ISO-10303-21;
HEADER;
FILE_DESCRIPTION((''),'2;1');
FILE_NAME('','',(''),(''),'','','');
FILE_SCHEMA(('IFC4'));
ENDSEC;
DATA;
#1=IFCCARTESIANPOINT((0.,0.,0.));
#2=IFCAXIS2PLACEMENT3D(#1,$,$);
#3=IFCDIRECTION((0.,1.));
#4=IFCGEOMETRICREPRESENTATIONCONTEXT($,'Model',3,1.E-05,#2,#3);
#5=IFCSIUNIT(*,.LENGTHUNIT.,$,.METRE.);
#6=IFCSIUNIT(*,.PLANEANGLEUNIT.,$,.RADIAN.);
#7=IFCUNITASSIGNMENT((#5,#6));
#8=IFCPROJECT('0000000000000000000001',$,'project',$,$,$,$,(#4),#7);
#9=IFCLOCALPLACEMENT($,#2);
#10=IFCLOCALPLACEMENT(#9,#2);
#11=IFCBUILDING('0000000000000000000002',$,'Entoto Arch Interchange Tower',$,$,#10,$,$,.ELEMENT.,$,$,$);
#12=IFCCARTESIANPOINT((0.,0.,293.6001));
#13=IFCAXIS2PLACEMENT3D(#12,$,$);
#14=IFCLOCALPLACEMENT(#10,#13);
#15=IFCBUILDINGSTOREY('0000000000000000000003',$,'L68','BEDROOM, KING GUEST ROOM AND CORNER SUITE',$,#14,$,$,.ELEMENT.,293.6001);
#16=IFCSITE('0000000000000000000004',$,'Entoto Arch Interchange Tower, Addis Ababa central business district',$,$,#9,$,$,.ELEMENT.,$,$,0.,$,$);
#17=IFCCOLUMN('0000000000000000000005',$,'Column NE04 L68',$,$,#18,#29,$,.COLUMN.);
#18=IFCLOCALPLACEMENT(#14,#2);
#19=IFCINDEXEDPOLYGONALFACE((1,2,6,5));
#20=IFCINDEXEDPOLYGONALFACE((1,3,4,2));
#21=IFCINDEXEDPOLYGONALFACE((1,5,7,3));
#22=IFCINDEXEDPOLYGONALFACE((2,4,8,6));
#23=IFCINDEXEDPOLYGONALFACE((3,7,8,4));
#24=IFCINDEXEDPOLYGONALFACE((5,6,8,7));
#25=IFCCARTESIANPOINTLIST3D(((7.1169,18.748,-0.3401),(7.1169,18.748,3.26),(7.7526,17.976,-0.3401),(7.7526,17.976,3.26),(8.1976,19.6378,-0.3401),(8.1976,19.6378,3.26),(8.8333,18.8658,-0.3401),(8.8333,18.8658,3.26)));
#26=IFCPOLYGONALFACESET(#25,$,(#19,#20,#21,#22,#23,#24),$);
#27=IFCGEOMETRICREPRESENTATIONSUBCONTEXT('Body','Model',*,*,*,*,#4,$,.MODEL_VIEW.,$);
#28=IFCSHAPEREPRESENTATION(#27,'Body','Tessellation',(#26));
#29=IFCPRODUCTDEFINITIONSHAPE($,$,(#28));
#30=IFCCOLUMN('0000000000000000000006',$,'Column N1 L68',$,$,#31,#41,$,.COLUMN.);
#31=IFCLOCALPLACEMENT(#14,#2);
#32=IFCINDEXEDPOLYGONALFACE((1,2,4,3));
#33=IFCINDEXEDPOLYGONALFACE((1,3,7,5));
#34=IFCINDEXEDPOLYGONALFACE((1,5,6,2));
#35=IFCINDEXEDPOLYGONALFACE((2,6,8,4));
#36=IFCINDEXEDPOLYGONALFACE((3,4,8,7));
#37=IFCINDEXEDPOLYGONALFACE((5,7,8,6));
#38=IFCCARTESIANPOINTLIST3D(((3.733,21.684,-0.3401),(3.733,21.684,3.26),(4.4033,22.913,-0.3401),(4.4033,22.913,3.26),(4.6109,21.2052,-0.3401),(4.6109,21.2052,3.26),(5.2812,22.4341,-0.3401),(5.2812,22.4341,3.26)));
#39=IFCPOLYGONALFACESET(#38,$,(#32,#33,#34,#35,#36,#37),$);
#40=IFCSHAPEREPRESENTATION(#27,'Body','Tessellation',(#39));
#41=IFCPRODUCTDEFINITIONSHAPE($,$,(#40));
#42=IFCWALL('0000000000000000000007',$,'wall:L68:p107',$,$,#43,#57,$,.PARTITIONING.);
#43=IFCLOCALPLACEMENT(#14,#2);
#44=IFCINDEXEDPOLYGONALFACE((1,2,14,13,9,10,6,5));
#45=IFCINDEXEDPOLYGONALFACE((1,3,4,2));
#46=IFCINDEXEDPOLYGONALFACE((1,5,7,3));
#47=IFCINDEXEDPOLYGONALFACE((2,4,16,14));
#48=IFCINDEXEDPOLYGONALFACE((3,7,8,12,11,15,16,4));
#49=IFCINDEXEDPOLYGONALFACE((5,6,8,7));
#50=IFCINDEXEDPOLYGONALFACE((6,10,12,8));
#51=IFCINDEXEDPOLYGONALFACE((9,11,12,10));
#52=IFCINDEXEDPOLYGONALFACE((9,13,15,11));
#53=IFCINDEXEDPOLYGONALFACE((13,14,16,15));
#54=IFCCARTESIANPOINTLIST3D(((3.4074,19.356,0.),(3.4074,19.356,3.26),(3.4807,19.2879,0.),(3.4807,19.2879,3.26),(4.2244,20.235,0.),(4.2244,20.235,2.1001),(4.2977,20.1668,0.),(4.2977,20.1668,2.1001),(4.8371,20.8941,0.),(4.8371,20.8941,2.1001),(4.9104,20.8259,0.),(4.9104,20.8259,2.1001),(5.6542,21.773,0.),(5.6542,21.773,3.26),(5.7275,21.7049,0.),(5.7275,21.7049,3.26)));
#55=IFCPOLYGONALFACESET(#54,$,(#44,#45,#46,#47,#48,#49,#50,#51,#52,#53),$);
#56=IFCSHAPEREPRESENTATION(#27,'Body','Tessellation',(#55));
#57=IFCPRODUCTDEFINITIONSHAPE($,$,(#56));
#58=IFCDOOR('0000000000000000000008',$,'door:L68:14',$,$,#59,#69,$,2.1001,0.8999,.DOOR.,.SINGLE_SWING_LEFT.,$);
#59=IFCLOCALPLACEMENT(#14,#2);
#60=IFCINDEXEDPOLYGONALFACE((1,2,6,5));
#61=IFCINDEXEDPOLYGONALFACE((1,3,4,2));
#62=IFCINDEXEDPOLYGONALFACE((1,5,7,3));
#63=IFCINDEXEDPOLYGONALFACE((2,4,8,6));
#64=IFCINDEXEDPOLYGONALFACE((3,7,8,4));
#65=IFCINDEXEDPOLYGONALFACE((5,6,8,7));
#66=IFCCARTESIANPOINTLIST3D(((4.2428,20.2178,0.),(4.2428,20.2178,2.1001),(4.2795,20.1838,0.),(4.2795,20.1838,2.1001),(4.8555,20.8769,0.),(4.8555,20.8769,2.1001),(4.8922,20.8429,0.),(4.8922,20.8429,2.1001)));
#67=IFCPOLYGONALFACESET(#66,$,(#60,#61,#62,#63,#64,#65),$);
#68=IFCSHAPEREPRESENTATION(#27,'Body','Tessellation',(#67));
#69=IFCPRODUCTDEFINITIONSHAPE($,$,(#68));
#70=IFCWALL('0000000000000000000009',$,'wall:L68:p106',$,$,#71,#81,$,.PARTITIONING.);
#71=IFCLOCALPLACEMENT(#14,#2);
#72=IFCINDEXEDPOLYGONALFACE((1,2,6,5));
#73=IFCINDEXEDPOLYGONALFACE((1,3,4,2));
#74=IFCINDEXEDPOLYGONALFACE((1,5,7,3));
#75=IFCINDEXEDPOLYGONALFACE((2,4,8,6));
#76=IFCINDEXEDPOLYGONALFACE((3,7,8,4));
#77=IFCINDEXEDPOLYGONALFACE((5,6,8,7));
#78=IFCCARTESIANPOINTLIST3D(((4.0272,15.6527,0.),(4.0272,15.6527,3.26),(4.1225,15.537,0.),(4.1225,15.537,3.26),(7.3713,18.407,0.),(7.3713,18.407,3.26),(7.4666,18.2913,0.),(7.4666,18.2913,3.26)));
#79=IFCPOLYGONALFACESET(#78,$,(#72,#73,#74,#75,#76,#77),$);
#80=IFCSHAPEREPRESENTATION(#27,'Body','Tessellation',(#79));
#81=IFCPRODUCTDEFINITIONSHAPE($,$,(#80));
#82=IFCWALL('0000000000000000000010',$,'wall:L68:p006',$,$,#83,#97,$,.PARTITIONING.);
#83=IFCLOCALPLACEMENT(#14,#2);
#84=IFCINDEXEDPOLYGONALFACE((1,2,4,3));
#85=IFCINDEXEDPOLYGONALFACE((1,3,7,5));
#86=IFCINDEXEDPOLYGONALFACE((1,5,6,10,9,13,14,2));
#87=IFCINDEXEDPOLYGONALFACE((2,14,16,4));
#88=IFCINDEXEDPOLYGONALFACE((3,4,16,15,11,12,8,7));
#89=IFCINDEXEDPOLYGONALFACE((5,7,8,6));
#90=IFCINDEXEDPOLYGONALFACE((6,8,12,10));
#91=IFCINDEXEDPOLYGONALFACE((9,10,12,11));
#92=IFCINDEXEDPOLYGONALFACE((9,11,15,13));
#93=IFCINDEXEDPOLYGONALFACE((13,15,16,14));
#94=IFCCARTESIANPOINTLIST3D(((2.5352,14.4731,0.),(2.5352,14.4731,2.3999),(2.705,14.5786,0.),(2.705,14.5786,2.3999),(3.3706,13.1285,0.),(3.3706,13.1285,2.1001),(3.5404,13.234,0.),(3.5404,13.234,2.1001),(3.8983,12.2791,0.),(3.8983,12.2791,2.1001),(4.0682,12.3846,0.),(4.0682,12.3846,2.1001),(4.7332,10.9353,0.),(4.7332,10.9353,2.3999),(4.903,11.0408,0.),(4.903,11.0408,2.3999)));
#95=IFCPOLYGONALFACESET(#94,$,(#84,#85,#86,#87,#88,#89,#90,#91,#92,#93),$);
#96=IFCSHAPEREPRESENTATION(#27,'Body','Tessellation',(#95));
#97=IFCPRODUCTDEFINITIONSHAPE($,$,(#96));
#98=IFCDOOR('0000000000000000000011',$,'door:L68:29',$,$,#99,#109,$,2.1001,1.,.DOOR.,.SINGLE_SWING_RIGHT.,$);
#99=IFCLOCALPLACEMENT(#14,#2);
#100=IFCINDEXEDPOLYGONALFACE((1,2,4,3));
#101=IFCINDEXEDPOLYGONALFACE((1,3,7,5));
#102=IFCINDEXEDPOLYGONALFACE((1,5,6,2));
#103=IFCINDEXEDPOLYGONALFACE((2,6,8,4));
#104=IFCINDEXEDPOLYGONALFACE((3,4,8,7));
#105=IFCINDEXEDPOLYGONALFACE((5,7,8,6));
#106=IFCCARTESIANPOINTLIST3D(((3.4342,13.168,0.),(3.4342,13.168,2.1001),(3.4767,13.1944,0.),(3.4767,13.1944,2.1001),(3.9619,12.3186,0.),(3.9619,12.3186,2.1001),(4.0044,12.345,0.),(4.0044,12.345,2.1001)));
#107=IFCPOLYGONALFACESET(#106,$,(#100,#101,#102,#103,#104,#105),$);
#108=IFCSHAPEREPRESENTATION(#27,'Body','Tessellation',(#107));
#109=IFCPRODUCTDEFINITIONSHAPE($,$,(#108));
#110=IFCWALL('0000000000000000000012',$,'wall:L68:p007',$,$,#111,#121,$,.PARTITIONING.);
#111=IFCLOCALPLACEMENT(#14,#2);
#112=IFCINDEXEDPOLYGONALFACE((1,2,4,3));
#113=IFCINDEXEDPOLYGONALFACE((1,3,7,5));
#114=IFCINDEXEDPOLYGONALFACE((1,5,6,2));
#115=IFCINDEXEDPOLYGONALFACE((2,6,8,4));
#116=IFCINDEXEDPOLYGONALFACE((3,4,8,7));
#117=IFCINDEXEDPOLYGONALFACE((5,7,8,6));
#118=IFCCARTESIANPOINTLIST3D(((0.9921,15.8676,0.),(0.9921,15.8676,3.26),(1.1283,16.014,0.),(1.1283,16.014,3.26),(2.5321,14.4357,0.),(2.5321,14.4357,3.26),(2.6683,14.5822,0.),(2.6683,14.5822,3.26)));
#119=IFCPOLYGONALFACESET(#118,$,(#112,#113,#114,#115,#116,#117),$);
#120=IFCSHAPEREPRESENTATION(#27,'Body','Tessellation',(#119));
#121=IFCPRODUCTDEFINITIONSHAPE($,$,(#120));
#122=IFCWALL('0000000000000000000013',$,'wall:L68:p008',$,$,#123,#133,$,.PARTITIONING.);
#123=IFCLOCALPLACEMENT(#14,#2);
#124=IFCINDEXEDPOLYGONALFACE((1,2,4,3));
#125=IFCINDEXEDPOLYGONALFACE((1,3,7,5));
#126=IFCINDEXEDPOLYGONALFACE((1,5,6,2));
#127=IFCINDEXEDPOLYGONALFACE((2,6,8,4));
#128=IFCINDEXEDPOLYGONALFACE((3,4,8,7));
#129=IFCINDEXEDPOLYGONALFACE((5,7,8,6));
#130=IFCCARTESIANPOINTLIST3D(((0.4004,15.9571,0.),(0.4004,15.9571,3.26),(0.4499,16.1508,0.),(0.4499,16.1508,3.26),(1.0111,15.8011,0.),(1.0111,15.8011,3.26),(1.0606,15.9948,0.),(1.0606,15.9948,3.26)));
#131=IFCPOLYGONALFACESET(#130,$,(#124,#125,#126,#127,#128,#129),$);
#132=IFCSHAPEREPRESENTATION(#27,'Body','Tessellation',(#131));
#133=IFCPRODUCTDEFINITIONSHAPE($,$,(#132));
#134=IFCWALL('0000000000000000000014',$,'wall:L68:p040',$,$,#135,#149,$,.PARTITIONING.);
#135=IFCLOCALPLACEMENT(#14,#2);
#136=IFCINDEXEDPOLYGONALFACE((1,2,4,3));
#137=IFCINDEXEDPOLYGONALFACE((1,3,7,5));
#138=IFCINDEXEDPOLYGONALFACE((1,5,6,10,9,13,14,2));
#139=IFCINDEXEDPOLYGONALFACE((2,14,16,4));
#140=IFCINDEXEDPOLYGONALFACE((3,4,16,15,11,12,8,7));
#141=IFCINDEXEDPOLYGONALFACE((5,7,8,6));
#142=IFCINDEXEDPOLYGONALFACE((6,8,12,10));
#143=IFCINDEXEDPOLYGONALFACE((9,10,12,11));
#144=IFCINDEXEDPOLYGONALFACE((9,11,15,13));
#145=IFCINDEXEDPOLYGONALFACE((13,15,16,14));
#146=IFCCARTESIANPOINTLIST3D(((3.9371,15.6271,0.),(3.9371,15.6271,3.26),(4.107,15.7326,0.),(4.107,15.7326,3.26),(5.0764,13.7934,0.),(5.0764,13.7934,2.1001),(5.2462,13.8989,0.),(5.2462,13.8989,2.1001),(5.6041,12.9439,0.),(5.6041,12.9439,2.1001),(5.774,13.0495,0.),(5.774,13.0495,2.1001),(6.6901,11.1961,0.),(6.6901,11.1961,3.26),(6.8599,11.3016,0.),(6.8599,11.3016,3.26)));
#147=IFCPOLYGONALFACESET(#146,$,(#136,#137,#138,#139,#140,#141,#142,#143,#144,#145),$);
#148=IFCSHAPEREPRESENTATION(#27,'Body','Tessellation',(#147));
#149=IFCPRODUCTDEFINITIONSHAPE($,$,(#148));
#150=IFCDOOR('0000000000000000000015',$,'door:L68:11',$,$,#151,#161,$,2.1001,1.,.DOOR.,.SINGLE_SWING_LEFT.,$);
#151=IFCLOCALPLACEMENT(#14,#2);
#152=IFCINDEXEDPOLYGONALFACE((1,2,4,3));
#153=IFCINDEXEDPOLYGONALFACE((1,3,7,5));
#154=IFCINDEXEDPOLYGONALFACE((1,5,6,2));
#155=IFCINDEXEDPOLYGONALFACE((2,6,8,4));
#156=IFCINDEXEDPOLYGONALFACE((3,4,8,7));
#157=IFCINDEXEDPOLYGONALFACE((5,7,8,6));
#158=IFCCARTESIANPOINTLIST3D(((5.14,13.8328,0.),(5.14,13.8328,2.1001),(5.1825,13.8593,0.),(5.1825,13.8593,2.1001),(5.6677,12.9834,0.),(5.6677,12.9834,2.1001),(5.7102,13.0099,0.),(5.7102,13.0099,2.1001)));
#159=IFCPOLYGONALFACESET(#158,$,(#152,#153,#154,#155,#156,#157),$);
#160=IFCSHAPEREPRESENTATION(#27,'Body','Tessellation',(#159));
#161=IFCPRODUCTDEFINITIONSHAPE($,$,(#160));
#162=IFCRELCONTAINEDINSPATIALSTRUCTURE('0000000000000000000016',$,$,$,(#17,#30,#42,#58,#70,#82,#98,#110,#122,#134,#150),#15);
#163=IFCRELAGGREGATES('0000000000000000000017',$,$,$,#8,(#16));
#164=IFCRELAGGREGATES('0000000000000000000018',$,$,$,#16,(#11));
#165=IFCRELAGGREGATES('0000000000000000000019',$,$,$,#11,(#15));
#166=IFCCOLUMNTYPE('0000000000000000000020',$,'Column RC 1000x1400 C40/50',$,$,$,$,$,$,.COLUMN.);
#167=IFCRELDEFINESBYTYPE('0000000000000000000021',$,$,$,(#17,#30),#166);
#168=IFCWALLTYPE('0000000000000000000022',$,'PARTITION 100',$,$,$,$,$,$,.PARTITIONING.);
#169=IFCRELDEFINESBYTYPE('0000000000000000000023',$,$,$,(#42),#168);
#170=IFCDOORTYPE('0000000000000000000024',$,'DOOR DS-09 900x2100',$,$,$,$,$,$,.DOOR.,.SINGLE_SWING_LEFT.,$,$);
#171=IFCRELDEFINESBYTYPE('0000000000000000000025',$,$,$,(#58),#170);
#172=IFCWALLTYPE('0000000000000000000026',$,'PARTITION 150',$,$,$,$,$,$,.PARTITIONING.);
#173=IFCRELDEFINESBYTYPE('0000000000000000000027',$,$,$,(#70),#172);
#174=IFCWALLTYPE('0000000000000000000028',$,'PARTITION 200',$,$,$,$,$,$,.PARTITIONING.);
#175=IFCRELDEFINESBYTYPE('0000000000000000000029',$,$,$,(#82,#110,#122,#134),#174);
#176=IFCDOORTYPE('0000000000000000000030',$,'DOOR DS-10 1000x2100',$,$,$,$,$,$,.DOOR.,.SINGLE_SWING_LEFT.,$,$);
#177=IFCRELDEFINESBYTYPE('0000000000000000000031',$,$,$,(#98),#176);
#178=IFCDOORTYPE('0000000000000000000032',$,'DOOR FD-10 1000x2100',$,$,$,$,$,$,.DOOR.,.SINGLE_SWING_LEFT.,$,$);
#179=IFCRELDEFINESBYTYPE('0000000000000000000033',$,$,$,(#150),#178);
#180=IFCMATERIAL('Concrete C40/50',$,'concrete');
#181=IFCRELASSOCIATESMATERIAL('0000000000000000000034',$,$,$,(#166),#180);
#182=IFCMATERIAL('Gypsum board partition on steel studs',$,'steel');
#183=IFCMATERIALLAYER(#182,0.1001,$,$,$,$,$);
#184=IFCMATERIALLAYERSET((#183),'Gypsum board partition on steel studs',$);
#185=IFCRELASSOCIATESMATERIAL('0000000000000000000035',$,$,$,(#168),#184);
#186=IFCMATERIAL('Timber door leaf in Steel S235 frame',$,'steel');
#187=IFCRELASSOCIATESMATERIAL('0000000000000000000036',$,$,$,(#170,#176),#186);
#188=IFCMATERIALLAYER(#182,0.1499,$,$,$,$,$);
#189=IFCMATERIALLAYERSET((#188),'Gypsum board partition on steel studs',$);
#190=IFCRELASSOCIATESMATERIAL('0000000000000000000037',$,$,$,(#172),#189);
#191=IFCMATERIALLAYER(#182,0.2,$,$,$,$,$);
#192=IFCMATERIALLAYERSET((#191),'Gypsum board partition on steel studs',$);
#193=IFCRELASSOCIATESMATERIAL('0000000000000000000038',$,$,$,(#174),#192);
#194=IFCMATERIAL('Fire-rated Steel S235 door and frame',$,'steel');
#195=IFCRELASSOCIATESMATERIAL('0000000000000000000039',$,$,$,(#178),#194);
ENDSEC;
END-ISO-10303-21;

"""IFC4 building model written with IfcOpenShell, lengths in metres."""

from ifc_helpers import new_model, si_unit, direction, frame, frame_2d, origin, origin_2d, place, context, subcontext, project, spatial, rectangle, extrude, material, layer, layer_set, material_profile, profile_set, type_object, element, fill, save


model = new_model("IFC4")

# Units and contexts
model_context = context("Model", 3, precision=1e-05, world=origin(), true_north=direction((0.0, 1.0)))
body_context = subcontext(model_context, "Body", "Model", "MODEL_VIEW")
ifc_project = project(units=[si_unit("LENGTHUNIT", "METRE"), si_unit("PLANEANGLEUNIT", "RADIAN")], contexts=[model_context])

# Site, building, storey
site_placement = place(None, origin())
site = spatial("IfcSite", under=ifc_project, at=site_placement, Name="Entoto Arch Interchange Tower, Addis Ababa central business district", CompositionType="ELEMENT", RefElevation=0.0)
building_placement = place(site_placement, origin())
building = spatial("IfcBuilding", under=site, at=building_placement, Name="Entoto Arch Interchange Tower", CompositionType="ELEMENT")
storey_placement = place(building_placement, frame((0.0, 0.0, 293.6001)))
storey = spatial("IfcBuildingStorey", under=building, at=storey_placement, Name="L68", Description="BEDROOM, KING GUEST ROOM AND CORNER SUITE", CompositionType="ELEMENT", Elevation=293.6001)

# Columns
ifc_material_1 = material(Name="Concrete C40/50", Category="concrete")
ifc_material_profile = material_profile(ifc_material_1, rectangle(XDim=1.0, YDim=1.3999, at=origin_2d()))
ifc_profile_set = profile_set([ifc_material_profile], Name="Concrete C40/50")
column_type = type_object("IfcColumnType", Name="Column RC 1000x1400 C40/50", PredefinedType="COLUMN", material=ifc_profile_set)
for number, where, z_axis, x_axis, name in (
    (1, (7.9751, 18.8069, -0.3401), (0.0, 0.0, 1.0), (-0.635647, 0.77198, 0.0), "Column NE04 L68"),
    (2, (4.5071, 22.0591, -0.3401), (0.0, 0.0, 1.0), (-0.877899, 0.478845, 0.0), "Column N1 L68"),
):
    element("IfcColumn", number, at=place(storey_placement, frame(where, z_axis=z_axis, x_axis=x_axis)), inside=storey, type_object=column_type, Name=name, PredefinedType="COLUMN", context=body_context, shape_type="SweptSolid", body=[
        extrude(rectangle(XDim=1.0, YDim=1.3999, at=origin_2d()), origin(), (0.0, 0.0, 1.0), 3.6001),
    ])

# Wall, opening, door
ifc_material_2 = material(Name="Gypsum board partition on steel studs", Category="steel")
ifc_layer_1 = layer(ifc_material_2, 0.1001)
ifc_layer_set_1 = layer_set([ifc_layer_1], Name="Gypsum board partition on steel studs")
wall_type_1 = type_object("IfcWallType", Name="PARTITION 100", PredefinedType="PARTITIONING", material=ifc_layer_set_1)
wall_1_placement = place(storey_placement, frame((3.4441, 19.322, 0.0), z_axis=(0.0, 0.0, 1.0), x_axis=(0.680854, 0.732419, 0.0)))
wall_1 = element("IfcWall", 3, at=wall_1_placement, inside=storey, type_object=wall_type_1, Name="wall:L68:p107", PredefinedType="PARTITIONING", context=body_context, shape_type="SweptSolid", body=[
    extrude(rectangle(XDim=3.3, YDim=0.1001, at=frame_2d((1.6499, 0.0))), origin(), (0.0, 0.0, 1.0), 3.26),
])
opening_1_placement = place(wall_1_placement, frame((1.2, 0.0, 0.0)))
opening_1 = element("IfcOpeningElement", 4, at=opening_1_placement, cuts=wall_1, PredefinedType="OPENING", context=body_context, shape_type="SweptSolid", body=[
    extrude(rectangle(XDim=0.8999, YDim=2.1001, at=frame_2d((0.45, 1.05))), frame((0.0, 0.0601, 0.0), z_axis=(0.0, -1.0, 0.0), x_axis=(1.0, 0.0, 0.0)), (0.0, 0.0, 1.0), 0.1201),
])
ifc_material_3 = material(Name="Timber door leaf in Steel S235 frame", Category="steel")
door_type_1 = type_object("IfcDoorType", Name="DOOR DS-09 900x2100", OperationType="SINGLE_SWING_LEFT", PredefinedType="DOOR", material=ifc_material_3)
door_1_placement = place(opening_1_placement, origin())
door_1 = element("IfcDoor", 5, at=door_1_placement, inside=storey, type_object=door_type_1, Name="door:L68:14", OperationType="SINGLE_SWING_LEFT", OverallHeight=2.1001, OverallWidth=0.8999, PredefinedType="DOOR", context=body_context, shape_type="SweptSolid", body=[
    extrude(rectangle(XDim=0.8999, YDim=2.1001, at=frame_2d((0.45, 1.05))), frame((0.0, 0.0249, 0.0), z_axis=(0.0, -1.0, 0.0), x_axis=(1.0, 0.0, 0.0)), (0.0, 0.0, 1.0), 0.05),
])
fill(opening_1, door_1)

# Wall
ifc_layer_2 = layer(ifc_material_2, 0.1499)
ifc_layer_set_2 = layer_set([ifc_layer_2], Name="Gypsum board partition on steel studs")
wall_type_2 = type_object("IfcWallType", Name="PARTITION 150", PredefinedType="PARTITIONING", material=ifc_layer_set_2)
wall_2_placement = place(storey_placement, frame((4.075, 15.595, 0.0), z_axis=(0.0, 0.0, 1.0), x_axis=(0.771899, 0.635745, 0.0)))
element("IfcWall", 6, at=wall_2_placement, inside=storey, type_object=wall_type_2, Name="wall:L68:p106", PredefinedType="PARTITIONING", context=body_context, shape_type="SweptSolid", body=[
    extrude(rectangle(XDim=4.3323, YDim=0.1499, at=frame_2d((2.166, 0.0))), origin(), (0.0, 0.0, 1.0), 3.26),
])

# Wall, opening, door
ifc_layer_3 = layer(ifc_material_2, 0.2)
ifc_layer_set_3 = layer_set([ifc_layer_3], Name="Gypsum board partition on steel studs")
wall_type_3 = type_object("IfcWallType", Name="PARTITION 200", PredefinedType="PARTITIONING", material=ifc_layer_set_3)
wall_3_placement = place(storey_placement, frame((2.6201, 14.5259, 0.0), z_axis=(0.0, 0.0, 1.0), x_axis=(0.527726, -0.849415, 0.0)))
wall_3 = element("IfcWall", 7, at=wall_3_placement, inside=storey, type_object=wall_type_3, Name="wall:L68:p006", PredefinedType="PARTITIONING", context=body_context, shape_type="SweptSolid", body=[
    extrude(rectangle(XDim=4.165, YDim=0.2, at=frame_2d((2.0825, 0.0))), origin(), (0.0, 0.0, 1.0), 2.3999),
])
opening_2_placement = place(wall_3_placement, frame((1.583, 0.0, 0.0)))
opening_2 = element("IfcOpeningElement", 8, at=opening_2_placement, cuts=wall_3, PredefinedType="OPENING", context=body_context, shape_type="SweptSolid", body=[
    extrude(rectangle(XDim=1.0, YDim=2.1001, at=frame_2d((0.5, 1.05))), frame((0.0, 0.1099, 0.0), z_axis=(0.0, -1.0, 0.0), x_axis=(1.0, 0.0, 0.0)), (0.0, 0.0, 1.0), 0.22),
])
door_type_2 = type_object("IfcDoorType", Name="DOOR DS-10 1000x2100", OperationType="SINGLE_SWING_LEFT", PredefinedType="DOOR", material=ifc_material_3)
door_2_placement = place(opening_2_placement, origin())
door_2 = element("IfcDoor", 9, at=door_2_placement, inside=storey, type_object=door_type_2, Name="door:L68:29", OperationType="SINGLE_SWING_RIGHT", OverallHeight=2.1001, OverallWidth=1.0, PredefinedType="DOOR", context=body_context, shape_type="SweptSolid", body=[
    extrude(rectangle(XDim=1.0, YDim=2.1001, at=frame_2d((0.5, 1.05))), frame((0.0, 0.0249, 0.0), z_axis=(0.0, -1.0, 0.0), x_axis=(1.0, 0.0, 0.0)), (0.0, 0.0, 1.0), 0.05),
])
fill(opening_2, door_2)

# Walls
wall_4_placement = place(storey_placement, frame((2.6001, 14.509, 0.0), z_axis=(0.0, 0.0, 1.0), x_axis=(-0.732355, 0.680923, 0.0)))
element("IfcWall", 10, at=wall_4_placement, inside=storey, type_object=wall_type_3, Name="wall:L68:p007", PredefinedType="PARTITIONING", context=body_context, shape_type="SweptSolid", body=[
    extrude(rectangle(XDim=2.1028, YDim=0.2, at=frame_2d((1.0513, 0.0))), origin(), (0.0, 0.0, 1.0), 3.26),
])
wall_5_placement = place(storey_placement, frame((1.0359, 15.8979, 0.0), z_axis=(0.0, 0.0, 1.0), x_axis=(-0.9689, 0.247453, 0.0)))
element("IfcWall", 11, at=wall_5_placement, inside=storey, type_object=wall_type_3, Name="wall:L68:p008", PredefinedType="PARTITIONING", context=body_context, shape_type="SweptSolid", body=[
    extrude(rectangle(XDim=0.6304, YDim=0.2, at=frame_2d((0.3152, 0.0))), origin(), (0.0, 0.0, 1.0), 3.26),
])

# Wall, opening, door
wall_6_placement = place(storey_placement, frame((4.022, 15.6799, 0.0), z_axis=(0.0, 0.0, 1.0), x_axis=(0.527738, -0.849407, 0.0)))
wall_6 = element("IfcWall", 12, at=wall_6_placement, inside=storey, type_object=wall_type_3, Name="wall:L68:p040", PredefinedType="PARTITIONING", context=body_context, shape_type="SweptSolid", body=[
    extrude(rectangle(XDim=5.2166, YDim=0.2, at=frame_2d((2.6084, 0.0))), origin(), (0.0, 0.0, 1.0), 3.26),
])
opening_3_placement = place(wall_6_placement, frame((2.1589, 0.0, 0.0)))
opening_3 = element("IfcOpeningElement", 13, at=opening_3_placement, cuts=wall_6, PredefinedType="OPENING", context=body_context, shape_type="SweptSolid", body=[
    extrude(rectangle(XDim=1.0, YDim=2.1001, at=frame_2d((0.5, 1.05))), frame((0.0, 0.1099, 0.0), z_axis=(0.0, -1.0, 0.0), x_axis=(1.0, 0.0, 0.0)), (0.0, 0.0, 1.0), 0.22),
])
ifc_material_4 = material(Name="Fire-rated Steel S235 door and frame", Category="steel")
door_type_3 = type_object("IfcDoorType", Name="DOOR FD-10 1000x2100", OperationType="SINGLE_SWING_LEFT", PredefinedType="DOOR", material=ifc_material_4)
door_3_placement = place(opening_3_placement, origin())
door_3 = element("IfcDoor", 14, at=door_3_placement, inside=storey, type_object=door_type_3, Name="door:L68:11", OperationType="SINGLE_SWING_LEFT", OverallHeight=2.1001, OverallWidth=1.0, PredefinedType="DOOR", context=body_context, shape_type="SweptSolid", body=[
    extrude(rectangle(XDim=1.0, YDim=2.1001, at=frame_2d((0.5, 1.05))), frame((0.0, 0.0249, 0.0), z_axis=(0.0, -1.0, 0.0), x_axis=(1.0, 0.0, 0.0)), (0.0, 0.0, 1.0), 0.05),
])
fill(opening_3, door_3)

save(model, "model.ifc")
